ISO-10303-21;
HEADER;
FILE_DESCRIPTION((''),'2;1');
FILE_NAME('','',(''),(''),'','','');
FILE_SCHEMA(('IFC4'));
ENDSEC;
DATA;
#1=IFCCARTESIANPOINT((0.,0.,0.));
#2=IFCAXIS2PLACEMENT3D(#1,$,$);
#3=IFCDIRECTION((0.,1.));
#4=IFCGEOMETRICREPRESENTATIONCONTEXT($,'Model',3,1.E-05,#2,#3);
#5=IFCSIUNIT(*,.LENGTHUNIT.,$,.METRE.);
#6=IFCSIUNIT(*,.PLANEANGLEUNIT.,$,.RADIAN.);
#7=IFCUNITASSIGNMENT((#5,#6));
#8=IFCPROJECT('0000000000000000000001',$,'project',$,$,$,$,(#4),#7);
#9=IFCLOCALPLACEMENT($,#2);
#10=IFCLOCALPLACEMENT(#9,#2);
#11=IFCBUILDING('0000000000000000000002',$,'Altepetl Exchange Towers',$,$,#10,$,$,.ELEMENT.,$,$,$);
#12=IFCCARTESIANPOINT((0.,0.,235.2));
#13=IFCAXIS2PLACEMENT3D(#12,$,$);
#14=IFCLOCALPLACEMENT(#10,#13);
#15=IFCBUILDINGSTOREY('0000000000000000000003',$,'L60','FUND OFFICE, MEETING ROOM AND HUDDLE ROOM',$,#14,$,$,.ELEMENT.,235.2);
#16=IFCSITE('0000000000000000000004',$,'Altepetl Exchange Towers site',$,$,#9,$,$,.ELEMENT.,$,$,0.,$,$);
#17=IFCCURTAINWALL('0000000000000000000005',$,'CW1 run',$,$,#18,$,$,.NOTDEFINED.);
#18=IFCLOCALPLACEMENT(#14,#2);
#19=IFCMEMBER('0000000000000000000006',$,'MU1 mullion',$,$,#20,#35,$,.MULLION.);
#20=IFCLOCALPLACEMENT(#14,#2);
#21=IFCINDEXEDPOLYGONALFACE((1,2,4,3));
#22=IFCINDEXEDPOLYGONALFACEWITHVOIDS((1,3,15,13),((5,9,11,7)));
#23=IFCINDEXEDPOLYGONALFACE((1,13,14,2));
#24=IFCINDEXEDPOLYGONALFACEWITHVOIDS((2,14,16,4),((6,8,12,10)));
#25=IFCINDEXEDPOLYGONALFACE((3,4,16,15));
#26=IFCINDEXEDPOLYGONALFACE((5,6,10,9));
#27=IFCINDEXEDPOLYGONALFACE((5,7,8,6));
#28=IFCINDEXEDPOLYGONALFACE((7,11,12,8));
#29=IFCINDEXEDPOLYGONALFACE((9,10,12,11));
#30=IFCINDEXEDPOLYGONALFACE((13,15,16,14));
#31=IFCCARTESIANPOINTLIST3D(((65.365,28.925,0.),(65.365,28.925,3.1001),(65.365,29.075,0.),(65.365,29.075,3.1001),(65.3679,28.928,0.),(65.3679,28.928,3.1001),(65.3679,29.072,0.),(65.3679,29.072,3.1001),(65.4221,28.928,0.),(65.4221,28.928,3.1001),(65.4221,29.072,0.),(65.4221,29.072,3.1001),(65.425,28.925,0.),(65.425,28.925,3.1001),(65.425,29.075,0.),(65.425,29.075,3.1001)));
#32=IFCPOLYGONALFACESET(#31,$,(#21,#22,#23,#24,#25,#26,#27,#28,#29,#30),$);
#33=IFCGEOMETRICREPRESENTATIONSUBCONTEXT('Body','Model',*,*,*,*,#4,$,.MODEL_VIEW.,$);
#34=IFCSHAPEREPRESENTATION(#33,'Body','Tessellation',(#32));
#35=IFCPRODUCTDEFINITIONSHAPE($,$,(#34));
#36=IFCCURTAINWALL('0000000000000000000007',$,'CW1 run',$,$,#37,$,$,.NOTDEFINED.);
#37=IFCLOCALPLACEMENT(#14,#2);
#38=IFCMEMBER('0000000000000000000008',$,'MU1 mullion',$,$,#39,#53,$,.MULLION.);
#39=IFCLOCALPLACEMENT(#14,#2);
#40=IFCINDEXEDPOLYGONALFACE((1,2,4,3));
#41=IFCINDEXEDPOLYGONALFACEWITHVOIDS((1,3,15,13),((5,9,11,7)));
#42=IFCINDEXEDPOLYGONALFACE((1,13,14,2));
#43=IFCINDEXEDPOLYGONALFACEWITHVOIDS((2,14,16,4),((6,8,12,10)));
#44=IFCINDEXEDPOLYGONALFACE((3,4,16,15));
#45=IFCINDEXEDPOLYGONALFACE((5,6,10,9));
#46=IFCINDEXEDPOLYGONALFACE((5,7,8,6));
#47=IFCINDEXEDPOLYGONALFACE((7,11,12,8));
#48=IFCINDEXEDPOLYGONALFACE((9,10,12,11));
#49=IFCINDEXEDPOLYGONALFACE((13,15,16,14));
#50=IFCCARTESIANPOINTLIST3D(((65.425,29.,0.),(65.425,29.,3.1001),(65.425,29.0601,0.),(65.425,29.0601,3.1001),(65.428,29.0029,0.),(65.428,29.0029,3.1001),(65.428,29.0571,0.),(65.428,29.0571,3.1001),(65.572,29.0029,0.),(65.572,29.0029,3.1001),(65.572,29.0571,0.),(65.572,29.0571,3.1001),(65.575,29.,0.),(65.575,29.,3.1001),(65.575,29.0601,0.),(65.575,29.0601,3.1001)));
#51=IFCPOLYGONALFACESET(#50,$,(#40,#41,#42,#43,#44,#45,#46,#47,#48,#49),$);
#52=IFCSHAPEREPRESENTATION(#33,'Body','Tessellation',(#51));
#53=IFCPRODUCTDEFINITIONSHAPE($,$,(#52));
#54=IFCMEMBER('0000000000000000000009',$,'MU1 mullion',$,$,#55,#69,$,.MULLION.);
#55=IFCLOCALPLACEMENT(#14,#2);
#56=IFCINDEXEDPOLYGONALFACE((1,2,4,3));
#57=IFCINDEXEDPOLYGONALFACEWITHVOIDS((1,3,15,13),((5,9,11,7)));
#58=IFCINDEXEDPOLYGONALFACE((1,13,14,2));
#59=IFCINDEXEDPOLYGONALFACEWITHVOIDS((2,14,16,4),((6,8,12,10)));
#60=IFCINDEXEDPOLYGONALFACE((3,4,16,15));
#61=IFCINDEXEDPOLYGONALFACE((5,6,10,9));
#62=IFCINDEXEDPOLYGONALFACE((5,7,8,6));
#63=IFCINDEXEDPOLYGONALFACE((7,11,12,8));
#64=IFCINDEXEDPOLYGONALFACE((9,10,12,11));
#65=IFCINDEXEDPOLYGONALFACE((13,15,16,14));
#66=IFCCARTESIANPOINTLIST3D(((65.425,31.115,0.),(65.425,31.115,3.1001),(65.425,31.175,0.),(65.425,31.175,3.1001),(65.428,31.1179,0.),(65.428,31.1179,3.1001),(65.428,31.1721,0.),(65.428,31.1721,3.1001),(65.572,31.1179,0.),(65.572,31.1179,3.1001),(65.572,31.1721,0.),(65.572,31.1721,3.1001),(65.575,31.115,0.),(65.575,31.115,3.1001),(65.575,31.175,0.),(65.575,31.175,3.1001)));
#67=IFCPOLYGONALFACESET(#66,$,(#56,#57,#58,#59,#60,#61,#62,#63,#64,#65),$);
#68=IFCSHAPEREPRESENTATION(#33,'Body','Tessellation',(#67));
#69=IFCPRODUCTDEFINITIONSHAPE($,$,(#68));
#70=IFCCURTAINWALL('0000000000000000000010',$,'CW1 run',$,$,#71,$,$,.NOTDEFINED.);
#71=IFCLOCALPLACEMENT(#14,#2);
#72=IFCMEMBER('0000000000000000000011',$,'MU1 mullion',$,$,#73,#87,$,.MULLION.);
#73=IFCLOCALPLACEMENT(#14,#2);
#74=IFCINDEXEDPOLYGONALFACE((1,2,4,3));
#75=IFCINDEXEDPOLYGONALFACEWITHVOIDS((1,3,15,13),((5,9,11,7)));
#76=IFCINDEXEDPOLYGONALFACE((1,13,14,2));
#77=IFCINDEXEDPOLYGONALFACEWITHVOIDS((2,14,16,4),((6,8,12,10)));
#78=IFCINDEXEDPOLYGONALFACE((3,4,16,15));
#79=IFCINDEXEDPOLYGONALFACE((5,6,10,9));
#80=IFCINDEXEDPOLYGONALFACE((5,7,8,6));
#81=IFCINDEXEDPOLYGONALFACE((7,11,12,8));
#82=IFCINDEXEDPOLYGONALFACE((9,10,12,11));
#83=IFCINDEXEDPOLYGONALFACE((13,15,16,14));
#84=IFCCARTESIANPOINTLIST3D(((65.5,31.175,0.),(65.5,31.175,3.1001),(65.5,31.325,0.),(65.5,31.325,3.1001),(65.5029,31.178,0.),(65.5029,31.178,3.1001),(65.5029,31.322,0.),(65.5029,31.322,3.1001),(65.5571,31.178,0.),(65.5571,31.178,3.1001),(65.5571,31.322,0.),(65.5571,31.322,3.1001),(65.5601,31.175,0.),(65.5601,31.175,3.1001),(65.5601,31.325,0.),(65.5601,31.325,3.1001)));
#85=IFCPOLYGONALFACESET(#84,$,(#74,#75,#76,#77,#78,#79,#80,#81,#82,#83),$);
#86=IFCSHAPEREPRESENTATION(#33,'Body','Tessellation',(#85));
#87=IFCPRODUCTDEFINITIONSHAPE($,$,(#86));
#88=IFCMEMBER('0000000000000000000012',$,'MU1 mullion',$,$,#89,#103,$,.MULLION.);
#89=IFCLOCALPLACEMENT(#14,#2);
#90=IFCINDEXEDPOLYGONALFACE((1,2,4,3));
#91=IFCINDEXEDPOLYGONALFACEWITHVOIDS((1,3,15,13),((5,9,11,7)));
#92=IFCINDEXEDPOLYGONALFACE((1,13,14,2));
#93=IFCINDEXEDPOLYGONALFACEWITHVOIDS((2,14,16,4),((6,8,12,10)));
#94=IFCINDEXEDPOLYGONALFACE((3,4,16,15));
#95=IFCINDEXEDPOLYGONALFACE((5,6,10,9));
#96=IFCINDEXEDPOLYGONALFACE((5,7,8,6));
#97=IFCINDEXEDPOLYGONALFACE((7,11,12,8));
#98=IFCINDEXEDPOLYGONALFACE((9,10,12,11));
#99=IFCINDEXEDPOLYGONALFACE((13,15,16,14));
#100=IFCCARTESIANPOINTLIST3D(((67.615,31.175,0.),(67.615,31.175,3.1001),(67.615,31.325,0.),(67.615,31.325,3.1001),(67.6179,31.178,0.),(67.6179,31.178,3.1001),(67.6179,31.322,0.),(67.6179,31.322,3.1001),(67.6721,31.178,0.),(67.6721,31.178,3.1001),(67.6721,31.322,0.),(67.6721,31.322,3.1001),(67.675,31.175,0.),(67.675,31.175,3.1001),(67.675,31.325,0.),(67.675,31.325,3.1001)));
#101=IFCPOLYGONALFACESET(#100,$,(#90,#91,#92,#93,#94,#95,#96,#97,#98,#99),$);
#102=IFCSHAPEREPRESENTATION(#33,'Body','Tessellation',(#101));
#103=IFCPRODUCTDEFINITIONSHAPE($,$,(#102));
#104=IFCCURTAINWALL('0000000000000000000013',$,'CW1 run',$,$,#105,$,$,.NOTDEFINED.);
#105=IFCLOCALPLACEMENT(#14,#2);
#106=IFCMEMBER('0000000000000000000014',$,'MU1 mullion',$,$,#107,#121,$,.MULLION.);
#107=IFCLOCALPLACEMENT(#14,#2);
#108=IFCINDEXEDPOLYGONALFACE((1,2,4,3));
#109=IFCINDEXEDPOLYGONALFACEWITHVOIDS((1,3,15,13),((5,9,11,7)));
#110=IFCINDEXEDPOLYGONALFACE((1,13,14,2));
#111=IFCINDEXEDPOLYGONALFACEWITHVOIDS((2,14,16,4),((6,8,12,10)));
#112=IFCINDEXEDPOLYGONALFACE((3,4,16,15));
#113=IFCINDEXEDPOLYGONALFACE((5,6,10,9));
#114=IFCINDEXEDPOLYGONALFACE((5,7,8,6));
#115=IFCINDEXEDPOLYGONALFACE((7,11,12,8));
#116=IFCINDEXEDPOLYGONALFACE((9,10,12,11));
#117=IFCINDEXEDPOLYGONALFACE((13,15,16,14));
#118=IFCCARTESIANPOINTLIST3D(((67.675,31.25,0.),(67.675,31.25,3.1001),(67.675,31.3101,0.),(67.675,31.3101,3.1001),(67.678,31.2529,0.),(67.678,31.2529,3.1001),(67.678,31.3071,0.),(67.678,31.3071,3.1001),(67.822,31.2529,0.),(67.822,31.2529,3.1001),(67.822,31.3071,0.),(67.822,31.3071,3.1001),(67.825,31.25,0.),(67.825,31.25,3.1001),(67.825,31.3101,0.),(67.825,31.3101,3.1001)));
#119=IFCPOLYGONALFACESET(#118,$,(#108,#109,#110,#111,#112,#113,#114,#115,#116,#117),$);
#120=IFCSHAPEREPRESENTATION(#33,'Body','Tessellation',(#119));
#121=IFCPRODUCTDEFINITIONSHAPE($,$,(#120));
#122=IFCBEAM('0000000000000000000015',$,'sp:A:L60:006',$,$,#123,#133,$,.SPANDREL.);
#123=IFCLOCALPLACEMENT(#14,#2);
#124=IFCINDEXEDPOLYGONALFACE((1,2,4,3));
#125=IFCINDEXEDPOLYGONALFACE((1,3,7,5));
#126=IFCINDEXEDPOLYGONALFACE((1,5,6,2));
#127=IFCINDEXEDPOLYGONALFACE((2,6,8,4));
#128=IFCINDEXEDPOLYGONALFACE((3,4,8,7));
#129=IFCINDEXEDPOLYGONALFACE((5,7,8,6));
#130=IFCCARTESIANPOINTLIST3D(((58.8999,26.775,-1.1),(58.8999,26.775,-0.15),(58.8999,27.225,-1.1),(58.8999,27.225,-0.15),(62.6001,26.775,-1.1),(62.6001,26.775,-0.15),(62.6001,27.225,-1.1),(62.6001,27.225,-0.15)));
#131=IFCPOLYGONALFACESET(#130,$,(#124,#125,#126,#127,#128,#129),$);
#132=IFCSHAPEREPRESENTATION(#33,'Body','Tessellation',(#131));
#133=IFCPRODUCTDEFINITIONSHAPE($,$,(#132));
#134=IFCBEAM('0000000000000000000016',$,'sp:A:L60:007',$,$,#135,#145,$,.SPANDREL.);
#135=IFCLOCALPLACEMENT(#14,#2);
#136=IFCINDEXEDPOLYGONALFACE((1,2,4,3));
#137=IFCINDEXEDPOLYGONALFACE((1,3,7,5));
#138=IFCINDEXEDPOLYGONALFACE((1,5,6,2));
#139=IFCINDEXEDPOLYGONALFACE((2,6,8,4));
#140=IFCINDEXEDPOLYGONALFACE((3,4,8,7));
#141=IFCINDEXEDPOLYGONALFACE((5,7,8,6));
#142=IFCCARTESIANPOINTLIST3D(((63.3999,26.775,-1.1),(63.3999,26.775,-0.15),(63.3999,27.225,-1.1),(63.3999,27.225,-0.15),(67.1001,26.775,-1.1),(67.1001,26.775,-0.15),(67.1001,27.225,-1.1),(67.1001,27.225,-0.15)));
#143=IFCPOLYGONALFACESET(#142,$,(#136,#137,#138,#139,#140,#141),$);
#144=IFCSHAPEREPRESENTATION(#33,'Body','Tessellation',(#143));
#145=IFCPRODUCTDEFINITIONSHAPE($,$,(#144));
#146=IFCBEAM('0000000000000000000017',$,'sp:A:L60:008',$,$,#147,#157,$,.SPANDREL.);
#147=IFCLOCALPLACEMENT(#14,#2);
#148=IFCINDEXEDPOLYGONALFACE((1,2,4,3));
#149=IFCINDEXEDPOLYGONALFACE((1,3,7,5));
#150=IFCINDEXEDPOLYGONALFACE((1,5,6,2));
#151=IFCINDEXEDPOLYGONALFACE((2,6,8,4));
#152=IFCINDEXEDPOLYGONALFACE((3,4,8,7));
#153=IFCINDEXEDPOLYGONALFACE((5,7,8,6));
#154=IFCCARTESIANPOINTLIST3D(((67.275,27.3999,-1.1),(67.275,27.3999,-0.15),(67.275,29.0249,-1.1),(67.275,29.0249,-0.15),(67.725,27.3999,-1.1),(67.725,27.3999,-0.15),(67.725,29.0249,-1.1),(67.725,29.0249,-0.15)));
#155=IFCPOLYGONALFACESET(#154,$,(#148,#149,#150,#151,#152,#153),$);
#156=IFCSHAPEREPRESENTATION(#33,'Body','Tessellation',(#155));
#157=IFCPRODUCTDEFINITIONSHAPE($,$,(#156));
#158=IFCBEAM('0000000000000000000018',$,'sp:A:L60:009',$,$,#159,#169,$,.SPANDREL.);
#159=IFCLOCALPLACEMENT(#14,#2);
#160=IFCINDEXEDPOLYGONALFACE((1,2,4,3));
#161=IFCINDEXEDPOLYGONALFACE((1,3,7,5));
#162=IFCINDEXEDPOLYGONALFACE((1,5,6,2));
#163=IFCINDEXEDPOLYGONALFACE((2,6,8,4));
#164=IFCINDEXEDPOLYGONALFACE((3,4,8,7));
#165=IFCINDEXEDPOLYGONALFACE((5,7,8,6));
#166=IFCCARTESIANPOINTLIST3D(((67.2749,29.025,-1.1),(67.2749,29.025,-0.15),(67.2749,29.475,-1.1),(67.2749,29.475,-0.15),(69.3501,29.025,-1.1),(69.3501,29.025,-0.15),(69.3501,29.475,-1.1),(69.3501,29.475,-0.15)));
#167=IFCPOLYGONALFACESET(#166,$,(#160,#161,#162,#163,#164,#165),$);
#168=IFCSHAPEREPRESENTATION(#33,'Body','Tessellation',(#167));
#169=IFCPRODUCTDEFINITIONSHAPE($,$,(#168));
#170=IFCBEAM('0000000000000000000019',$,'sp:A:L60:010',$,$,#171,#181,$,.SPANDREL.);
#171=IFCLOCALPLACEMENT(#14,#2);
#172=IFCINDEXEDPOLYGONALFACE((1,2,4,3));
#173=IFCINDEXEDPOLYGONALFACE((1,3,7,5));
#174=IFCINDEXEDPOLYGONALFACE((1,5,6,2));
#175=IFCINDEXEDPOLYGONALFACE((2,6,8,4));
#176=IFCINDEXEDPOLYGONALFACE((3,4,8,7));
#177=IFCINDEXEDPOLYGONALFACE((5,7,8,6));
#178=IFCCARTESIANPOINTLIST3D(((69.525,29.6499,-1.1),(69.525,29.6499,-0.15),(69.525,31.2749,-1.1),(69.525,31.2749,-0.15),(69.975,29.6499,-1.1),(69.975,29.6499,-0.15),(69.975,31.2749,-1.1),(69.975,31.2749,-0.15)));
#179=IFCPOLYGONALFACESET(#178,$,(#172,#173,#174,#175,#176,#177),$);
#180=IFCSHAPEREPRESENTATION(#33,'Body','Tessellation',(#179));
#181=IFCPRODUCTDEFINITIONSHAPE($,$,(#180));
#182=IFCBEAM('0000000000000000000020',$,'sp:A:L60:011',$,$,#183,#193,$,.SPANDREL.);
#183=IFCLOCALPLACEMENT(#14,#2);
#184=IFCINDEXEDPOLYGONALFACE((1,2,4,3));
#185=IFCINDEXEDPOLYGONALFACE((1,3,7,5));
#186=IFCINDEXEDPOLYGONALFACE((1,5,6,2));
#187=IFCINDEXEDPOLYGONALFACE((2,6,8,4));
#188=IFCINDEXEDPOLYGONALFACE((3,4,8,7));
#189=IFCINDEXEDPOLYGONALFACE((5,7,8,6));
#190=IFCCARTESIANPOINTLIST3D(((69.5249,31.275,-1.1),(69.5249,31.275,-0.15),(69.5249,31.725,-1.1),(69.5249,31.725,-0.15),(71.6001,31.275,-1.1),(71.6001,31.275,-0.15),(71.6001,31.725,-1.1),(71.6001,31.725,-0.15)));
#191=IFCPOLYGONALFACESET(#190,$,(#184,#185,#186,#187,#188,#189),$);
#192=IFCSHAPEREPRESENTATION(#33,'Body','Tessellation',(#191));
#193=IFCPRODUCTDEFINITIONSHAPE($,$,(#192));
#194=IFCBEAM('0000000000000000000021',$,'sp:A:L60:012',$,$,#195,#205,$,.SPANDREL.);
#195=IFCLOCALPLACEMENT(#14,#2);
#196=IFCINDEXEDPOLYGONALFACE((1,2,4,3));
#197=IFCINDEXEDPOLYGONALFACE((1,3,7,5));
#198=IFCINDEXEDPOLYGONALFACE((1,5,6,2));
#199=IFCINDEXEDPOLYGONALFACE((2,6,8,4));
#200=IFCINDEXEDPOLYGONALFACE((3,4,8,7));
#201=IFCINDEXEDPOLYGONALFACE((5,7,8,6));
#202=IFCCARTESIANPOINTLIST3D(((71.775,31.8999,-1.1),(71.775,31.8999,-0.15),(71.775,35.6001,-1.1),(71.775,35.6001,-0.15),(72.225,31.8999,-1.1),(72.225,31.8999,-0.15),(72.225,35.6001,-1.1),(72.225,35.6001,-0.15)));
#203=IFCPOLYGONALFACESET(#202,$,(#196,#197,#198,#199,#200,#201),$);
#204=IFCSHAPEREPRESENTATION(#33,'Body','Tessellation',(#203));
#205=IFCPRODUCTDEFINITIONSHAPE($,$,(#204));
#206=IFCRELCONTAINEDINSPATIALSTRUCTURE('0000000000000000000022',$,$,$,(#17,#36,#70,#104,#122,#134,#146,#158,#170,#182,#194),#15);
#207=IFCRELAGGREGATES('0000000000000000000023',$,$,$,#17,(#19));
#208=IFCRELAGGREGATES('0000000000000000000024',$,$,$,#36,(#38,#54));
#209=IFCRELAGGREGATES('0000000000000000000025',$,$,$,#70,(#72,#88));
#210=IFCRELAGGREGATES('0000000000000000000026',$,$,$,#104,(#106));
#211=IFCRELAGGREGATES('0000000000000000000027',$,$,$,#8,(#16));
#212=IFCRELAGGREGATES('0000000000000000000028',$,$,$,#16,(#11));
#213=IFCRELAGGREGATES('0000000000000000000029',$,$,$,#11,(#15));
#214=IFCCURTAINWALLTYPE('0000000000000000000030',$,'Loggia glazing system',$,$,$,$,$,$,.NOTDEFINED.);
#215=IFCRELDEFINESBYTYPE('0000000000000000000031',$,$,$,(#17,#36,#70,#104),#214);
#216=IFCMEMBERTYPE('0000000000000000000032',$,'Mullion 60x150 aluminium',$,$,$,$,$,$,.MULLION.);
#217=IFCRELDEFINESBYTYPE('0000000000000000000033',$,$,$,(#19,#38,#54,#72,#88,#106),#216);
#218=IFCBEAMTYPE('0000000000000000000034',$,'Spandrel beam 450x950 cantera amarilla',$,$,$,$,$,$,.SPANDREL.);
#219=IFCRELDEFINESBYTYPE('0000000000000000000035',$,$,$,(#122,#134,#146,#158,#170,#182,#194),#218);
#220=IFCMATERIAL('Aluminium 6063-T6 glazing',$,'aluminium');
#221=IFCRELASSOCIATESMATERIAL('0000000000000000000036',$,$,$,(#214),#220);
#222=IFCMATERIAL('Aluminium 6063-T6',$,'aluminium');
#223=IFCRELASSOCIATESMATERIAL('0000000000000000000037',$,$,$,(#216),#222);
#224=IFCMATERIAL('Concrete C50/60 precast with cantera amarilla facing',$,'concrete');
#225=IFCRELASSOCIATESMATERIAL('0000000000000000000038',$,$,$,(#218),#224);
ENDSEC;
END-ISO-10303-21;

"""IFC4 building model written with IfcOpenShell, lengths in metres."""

from ifc_helpers import new_model, si_unit, direction, frame, origin, origin_2d, place, context, subcontext, project, spatial, rectangle, hollow_rectangle, extrude, material, material_profile, profile_set, type_object, element, aggregate, save


model = new_model("IFC4")

# Units and contexts
model_context = context("Model", 3, precision=1e-05, world=origin(), true_north=direction((0.0, 1.0)))
body_context = subcontext(model_context, "Body", "Model", "MODEL_VIEW")
ifc_project = project(units=[si_unit("LENGTHUNIT", "METRE"), si_unit("PLANEANGLEUNIT", "RADIAN")], contexts=[model_context])

# Site, building, storey
site_placement = place(None, origin())
site = spatial("IfcSite", under=ifc_project, at=site_placement, Name="Altepetl Exchange Towers site", CompositionType="ELEMENT", RefElevation=0.0)
building_placement = place(site_placement, origin())
building = spatial("IfcBuilding", under=site, at=building_placement, Name="Altepetl Exchange Towers", CompositionType="ELEMENT")
storey_placement = place(building_placement, frame((0.0, 0.0, 235.2)))
storey = spatial("IfcBuildingStorey", under=building, at=storey_placement, Name="L60", Description="FUND OFFICE, MEETING ROOM AND HUDDLE ROOM", CompositionType="ELEMENT", Elevation=235.2)

# Curtain walls, members
ifc_material_1 = material(Name="Aluminium 6063-T6 glazing", Category="aluminium")
curtain_wall_type = type_object("IfcCurtainWallType", Name="Loggia glazing system", PredefinedType="NOTDEFINED", material=ifc_material_1)
curtain_wall_1_placement = place(storey_placement, origin())
curtain_wall_1 = element("IfcCurtainWall", 1, at=curtain_wall_1_placement, inside=storey, type_object=curtain_wall_type, Name="CW1 run", PredefinedType="NOTDEFINED")
ifc_material_2 = material(Name="Aluminium 6063-T6", Category="aluminium")
ifc_material_profile_1 = material_profile(ifc_material_2, hollow_rectangle(XDim=0.0601, YDim=0.1499, WallThickness=0.0029, at=origin_2d()), Name="Mullion 60x150 aluminium")
ifc_profile_set_1 = profile_set([ifc_material_profile_1], Name="Aluminium 6063-T6")
member_type = type_object("IfcMemberType", Name="Mullion 60x150 aluminium", PredefinedType="MULLION", material=ifc_profile_set_1)
member_1_placement = place(storey_placement, frame((65.395, 29.0, 0.0)))
member_1 = element("IfcMember", 2, at=member_1_placement, type_object=member_type, Name="MU1 mullion", PredefinedType="MULLION", context=body_context, shape_type="SweptSolid", body=[
    extrude(hollow_rectangle(XDim=0.0601, YDim=0.1499, WallThickness=0.0029, at=origin_2d()), origin(), (0.0, 0.0, 1.0), 3.1001),
])
curtain_wall_2_placement = place(storey_placement, origin())
curtain_wall_2 = element("IfcCurtainWall", 3, at=curtain_wall_2_placement, inside=storey, type_object=curtain_wall_type, Name="CW1 run", PredefinedType="NOTDEFINED")
member_2_placement = place(storey_placement, frame((65.5, 29.03, 0.0), z_axis=(0.0, 0.0, 1.0), x_axis=(0.0, 1.0, 0.0)))
member_2 = element("IfcMember", 4, at=member_2_placement, type_object=member_type, Name="MU1 mullion", PredefinedType="MULLION", context=body_context, shape_type="SweptSolid", body=[
    extrude(hollow_rectangle(XDim=0.0601, YDim=0.1499, WallThickness=0.0029, at=origin_2d()), origin(), (0.0, 0.0, 1.0), 3.1001),
])
member_3_placement = place(storey_placement, frame((65.5, 31.145, 0.0), z_axis=(0.0, 0.0, 1.0), x_axis=(0.0, 1.0, 0.0)))
member_3 = element("IfcMember", 5, at=member_3_placement, type_object=member_type, Name="MU1 mullion", PredefinedType="MULLION", context=body_context, shape_type="SweptSolid", body=[
    extrude(hollow_rectangle(XDim=0.0601, YDim=0.1499, WallThickness=0.0029, at=origin_2d()), origin(), (0.0, 0.0, 1.0), 3.1001),
])
curtain_wall_3_placement = place(storey_placement, origin())
curtain_wall_3 = element("IfcCurtainWall", 6, at=curtain_wall_3_placement, inside=storey, type_object=curtain_wall_type, Name="CW1 run", PredefinedType="NOTDEFINED")
member_4_placement = place(storey_placement, frame((65.53, 31.25, 0.0)))
member_4 = element("IfcMember", 7, at=member_4_placement, type_object=member_type, Name="MU1 mullion", PredefinedType="MULLION", context=body_context, shape_type="SweptSolid", body=[
    extrude(hollow_rectangle(XDim=0.0601, YDim=0.1499, WallThickness=0.0029, at=origin_2d()), origin(), (0.0, 0.0, 1.0), 3.1001),
])
member_5_placement = place(storey_placement, frame((67.645, 31.25, 0.0)))
member_5 = element("IfcMember", 8, at=member_5_placement, type_object=member_type, Name="MU1 mullion", PredefinedType="MULLION", context=body_context, shape_type="SweptSolid", body=[
    extrude(hollow_rectangle(XDim=0.0601, YDim=0.1499, WallThickness=0.0029, at=origin_2d()), origin(), (0.0, 0.0, 1.0), 3.1001),
])

# Curtain wall, member
curtain_wall_4_placement = place(storey_placement, origin())
curtain_wall_4 = element("IfcCurtainWall", 9, at=curtain_wall_4_placement, inside=storey, type_object=curtain_wall_type, Name="CW1 run", PredefinedType="NOTDEFINED")
member_6_placement = place(storey_placement, frame((67.75, 31.28, 0.0), z_axis=(0.0, 0.0, 1.0), x_axis=(0.0, 1.0, 0.0)))
member_6 = element("IfcMember", 10, at=member_6_placement, type_object=member_type, Name="MU1 mullion", PredefinedType="MULLION", context=body_context, shape_type="SweptSolid", body=[
    extrude(hollow_rectangle(XDim=0.0601, YDim=0.1499, WallThickness=0.0029, at=origin_2d()), origin(), (0.0, 0.0, 1.0), 3.1001),
])

# Beams
ifc_material_3 = material(Name="Concrete C50/60 precast with cantera amarilla facing", Category="concrete")
ifc_material_profile_2 = material_profile(ifc_material_3, rectangle(XDim=0.45, YDim=0.95, at=origin_2d()), Name="450 x 950")
ifc_profile_set_2 = profile_set([ifc_material_profile_2], Name="Concrete C50/60 precast with cantera amarilla facing")
beam_type_1 = type_object("IfcBeamType", Name="Spandrel beam 450x950 cantera amarilla", PredefinedType="SPANDREL", material=ifc_profile_set_2)
for number, where, z_axis, x_axis, name in (
    (11, (58.8999, 27.0, -0.625), (1.0, 0.0, 0.0), (0.0, 1.0, 0.0), "sp:A:L60:006"),
    (12, (63.3999, 27.0, -0.625), (1.0, 0.0, 0.0), (0.0, 1.0, 0.0), "sp:A:L60:007"),
):
    element("IfcBeam", number, at=place(storey_placement, frame(where, z_axis=z_axis, x_axis=x_axis)), inside=storey, type_object=beam_type_1, Name=name, PredefinedType="SPANDREL", context=body_context, shape_type="SweptSolid", body=[
        extrude(rectangle(XDim=0.45, YDim=0.95, at=origin_2d()), origin(), (0.0, 0.0, 1.0), 3.7002),
    ])
beam_1_placement = place(storey_placement, frame((67.5, 27.3999, -0.625), z_axis=(0.0, 1.0, 0.0), x_axis=(-1.0, 0.0, 0.0)))
element("IfcBeam", 13, at=beam_1_placement, inside=storey, type_object=beam_type_1, Name="sp:A:L60:008", PredefinedType="SPANDREL", context=body_context, shape_type="SweptSolid", body=[
    extrude(rectangle(XDim=0.45, YDim=0.95, at=origin_2d()), origin(), (0.0, 0.0, 1.0), 1.625),
])
beam_2_placement = place(storey_placement, frame((67.2749, 29.25, -0.625), z_axis=(1.0, 0.0, 0.0), x_axis=(0.0, 1.0, 0.0)))
element("IfcBeam", 14, at=beam_2_placement, inside=storey, type_object=beam_type_1, Name="sp:A:L60:009", PredefinedType="SPANDREL", context=body_context, shape_type="SweptSolid", body=[
    extrude(rectangle(XDim=0.45, YDim=0.95, at=origin_2d()), origin(), (0.0, 0.0, 1.0), 2.0752),
])
beam_3_placement = place(storey_placement, frame((69.75, 29.6499, -0.625), z_axis=(0.0, 1.0, 0.0), x_axis=(-1.0, 0.0, 0.0)))
element("IfcBeam", 15, at=beam_3_placement, inside=storey, type_object=beam_type_1, Name="sp:A:L60:010", PredefinedType="SPANDREL", context=body_context, shape_type="SweptSolid", body=[
    extrude(rectangle(XDim=0.45, YDim=0.95, at=origin_2d()), origin(), (0.0, 0.0, 1.0), 1.625),
])
beam_4_placement = place(storey_placement, frame((69.5249, 31.5, -0.625), z_axis=(1.0, 0.0, 0.0), x_axis=(0.0, 1.0, 0.0)))
element("IfcBeam", 16, at=beam_4_placement, inside=storey, type_object=beam_type_1, Name="sp:A:L60:011", PredefinedType="SPANDREL", context=body_context, shape_type="SweptSolid", body=[
    extrude(rectangle(XDim=0.45, YDim=0.95, at=origin_2d()), origin(), (0.0, 0.0, 1.0), 2.0752),
])
beam_5_placement = place(storey_placement, frame((72.0, 31.8999, -0.625), z_axis=(0.0, 1.0, 0.0), x_axis=(-1.0, 0.0, 0.0)))
element("IfcBeam", 17, at=beam_5_placement, inside=storey, type_object=beam_type_1, Name="sp:A:L60:012", PredefinedType="SPANDREL", context=body_context, shape_type="SweptSolid", body=[
    extrude(rectangle(XDim=0.45, YDim=0.95, at=origin_2d()), origin(), (0.0, 0.0, 1.0), 3.7002),
])

aggregate(curtain_wall_1, [member_1])
aggregate(curtain_wall_2, [member_2, member_3])
aggregate(curtain_wall_3, [member_4, member_5])
aggregate(curtain_wall_4, [member_6])

save(model, "model.ifc")
